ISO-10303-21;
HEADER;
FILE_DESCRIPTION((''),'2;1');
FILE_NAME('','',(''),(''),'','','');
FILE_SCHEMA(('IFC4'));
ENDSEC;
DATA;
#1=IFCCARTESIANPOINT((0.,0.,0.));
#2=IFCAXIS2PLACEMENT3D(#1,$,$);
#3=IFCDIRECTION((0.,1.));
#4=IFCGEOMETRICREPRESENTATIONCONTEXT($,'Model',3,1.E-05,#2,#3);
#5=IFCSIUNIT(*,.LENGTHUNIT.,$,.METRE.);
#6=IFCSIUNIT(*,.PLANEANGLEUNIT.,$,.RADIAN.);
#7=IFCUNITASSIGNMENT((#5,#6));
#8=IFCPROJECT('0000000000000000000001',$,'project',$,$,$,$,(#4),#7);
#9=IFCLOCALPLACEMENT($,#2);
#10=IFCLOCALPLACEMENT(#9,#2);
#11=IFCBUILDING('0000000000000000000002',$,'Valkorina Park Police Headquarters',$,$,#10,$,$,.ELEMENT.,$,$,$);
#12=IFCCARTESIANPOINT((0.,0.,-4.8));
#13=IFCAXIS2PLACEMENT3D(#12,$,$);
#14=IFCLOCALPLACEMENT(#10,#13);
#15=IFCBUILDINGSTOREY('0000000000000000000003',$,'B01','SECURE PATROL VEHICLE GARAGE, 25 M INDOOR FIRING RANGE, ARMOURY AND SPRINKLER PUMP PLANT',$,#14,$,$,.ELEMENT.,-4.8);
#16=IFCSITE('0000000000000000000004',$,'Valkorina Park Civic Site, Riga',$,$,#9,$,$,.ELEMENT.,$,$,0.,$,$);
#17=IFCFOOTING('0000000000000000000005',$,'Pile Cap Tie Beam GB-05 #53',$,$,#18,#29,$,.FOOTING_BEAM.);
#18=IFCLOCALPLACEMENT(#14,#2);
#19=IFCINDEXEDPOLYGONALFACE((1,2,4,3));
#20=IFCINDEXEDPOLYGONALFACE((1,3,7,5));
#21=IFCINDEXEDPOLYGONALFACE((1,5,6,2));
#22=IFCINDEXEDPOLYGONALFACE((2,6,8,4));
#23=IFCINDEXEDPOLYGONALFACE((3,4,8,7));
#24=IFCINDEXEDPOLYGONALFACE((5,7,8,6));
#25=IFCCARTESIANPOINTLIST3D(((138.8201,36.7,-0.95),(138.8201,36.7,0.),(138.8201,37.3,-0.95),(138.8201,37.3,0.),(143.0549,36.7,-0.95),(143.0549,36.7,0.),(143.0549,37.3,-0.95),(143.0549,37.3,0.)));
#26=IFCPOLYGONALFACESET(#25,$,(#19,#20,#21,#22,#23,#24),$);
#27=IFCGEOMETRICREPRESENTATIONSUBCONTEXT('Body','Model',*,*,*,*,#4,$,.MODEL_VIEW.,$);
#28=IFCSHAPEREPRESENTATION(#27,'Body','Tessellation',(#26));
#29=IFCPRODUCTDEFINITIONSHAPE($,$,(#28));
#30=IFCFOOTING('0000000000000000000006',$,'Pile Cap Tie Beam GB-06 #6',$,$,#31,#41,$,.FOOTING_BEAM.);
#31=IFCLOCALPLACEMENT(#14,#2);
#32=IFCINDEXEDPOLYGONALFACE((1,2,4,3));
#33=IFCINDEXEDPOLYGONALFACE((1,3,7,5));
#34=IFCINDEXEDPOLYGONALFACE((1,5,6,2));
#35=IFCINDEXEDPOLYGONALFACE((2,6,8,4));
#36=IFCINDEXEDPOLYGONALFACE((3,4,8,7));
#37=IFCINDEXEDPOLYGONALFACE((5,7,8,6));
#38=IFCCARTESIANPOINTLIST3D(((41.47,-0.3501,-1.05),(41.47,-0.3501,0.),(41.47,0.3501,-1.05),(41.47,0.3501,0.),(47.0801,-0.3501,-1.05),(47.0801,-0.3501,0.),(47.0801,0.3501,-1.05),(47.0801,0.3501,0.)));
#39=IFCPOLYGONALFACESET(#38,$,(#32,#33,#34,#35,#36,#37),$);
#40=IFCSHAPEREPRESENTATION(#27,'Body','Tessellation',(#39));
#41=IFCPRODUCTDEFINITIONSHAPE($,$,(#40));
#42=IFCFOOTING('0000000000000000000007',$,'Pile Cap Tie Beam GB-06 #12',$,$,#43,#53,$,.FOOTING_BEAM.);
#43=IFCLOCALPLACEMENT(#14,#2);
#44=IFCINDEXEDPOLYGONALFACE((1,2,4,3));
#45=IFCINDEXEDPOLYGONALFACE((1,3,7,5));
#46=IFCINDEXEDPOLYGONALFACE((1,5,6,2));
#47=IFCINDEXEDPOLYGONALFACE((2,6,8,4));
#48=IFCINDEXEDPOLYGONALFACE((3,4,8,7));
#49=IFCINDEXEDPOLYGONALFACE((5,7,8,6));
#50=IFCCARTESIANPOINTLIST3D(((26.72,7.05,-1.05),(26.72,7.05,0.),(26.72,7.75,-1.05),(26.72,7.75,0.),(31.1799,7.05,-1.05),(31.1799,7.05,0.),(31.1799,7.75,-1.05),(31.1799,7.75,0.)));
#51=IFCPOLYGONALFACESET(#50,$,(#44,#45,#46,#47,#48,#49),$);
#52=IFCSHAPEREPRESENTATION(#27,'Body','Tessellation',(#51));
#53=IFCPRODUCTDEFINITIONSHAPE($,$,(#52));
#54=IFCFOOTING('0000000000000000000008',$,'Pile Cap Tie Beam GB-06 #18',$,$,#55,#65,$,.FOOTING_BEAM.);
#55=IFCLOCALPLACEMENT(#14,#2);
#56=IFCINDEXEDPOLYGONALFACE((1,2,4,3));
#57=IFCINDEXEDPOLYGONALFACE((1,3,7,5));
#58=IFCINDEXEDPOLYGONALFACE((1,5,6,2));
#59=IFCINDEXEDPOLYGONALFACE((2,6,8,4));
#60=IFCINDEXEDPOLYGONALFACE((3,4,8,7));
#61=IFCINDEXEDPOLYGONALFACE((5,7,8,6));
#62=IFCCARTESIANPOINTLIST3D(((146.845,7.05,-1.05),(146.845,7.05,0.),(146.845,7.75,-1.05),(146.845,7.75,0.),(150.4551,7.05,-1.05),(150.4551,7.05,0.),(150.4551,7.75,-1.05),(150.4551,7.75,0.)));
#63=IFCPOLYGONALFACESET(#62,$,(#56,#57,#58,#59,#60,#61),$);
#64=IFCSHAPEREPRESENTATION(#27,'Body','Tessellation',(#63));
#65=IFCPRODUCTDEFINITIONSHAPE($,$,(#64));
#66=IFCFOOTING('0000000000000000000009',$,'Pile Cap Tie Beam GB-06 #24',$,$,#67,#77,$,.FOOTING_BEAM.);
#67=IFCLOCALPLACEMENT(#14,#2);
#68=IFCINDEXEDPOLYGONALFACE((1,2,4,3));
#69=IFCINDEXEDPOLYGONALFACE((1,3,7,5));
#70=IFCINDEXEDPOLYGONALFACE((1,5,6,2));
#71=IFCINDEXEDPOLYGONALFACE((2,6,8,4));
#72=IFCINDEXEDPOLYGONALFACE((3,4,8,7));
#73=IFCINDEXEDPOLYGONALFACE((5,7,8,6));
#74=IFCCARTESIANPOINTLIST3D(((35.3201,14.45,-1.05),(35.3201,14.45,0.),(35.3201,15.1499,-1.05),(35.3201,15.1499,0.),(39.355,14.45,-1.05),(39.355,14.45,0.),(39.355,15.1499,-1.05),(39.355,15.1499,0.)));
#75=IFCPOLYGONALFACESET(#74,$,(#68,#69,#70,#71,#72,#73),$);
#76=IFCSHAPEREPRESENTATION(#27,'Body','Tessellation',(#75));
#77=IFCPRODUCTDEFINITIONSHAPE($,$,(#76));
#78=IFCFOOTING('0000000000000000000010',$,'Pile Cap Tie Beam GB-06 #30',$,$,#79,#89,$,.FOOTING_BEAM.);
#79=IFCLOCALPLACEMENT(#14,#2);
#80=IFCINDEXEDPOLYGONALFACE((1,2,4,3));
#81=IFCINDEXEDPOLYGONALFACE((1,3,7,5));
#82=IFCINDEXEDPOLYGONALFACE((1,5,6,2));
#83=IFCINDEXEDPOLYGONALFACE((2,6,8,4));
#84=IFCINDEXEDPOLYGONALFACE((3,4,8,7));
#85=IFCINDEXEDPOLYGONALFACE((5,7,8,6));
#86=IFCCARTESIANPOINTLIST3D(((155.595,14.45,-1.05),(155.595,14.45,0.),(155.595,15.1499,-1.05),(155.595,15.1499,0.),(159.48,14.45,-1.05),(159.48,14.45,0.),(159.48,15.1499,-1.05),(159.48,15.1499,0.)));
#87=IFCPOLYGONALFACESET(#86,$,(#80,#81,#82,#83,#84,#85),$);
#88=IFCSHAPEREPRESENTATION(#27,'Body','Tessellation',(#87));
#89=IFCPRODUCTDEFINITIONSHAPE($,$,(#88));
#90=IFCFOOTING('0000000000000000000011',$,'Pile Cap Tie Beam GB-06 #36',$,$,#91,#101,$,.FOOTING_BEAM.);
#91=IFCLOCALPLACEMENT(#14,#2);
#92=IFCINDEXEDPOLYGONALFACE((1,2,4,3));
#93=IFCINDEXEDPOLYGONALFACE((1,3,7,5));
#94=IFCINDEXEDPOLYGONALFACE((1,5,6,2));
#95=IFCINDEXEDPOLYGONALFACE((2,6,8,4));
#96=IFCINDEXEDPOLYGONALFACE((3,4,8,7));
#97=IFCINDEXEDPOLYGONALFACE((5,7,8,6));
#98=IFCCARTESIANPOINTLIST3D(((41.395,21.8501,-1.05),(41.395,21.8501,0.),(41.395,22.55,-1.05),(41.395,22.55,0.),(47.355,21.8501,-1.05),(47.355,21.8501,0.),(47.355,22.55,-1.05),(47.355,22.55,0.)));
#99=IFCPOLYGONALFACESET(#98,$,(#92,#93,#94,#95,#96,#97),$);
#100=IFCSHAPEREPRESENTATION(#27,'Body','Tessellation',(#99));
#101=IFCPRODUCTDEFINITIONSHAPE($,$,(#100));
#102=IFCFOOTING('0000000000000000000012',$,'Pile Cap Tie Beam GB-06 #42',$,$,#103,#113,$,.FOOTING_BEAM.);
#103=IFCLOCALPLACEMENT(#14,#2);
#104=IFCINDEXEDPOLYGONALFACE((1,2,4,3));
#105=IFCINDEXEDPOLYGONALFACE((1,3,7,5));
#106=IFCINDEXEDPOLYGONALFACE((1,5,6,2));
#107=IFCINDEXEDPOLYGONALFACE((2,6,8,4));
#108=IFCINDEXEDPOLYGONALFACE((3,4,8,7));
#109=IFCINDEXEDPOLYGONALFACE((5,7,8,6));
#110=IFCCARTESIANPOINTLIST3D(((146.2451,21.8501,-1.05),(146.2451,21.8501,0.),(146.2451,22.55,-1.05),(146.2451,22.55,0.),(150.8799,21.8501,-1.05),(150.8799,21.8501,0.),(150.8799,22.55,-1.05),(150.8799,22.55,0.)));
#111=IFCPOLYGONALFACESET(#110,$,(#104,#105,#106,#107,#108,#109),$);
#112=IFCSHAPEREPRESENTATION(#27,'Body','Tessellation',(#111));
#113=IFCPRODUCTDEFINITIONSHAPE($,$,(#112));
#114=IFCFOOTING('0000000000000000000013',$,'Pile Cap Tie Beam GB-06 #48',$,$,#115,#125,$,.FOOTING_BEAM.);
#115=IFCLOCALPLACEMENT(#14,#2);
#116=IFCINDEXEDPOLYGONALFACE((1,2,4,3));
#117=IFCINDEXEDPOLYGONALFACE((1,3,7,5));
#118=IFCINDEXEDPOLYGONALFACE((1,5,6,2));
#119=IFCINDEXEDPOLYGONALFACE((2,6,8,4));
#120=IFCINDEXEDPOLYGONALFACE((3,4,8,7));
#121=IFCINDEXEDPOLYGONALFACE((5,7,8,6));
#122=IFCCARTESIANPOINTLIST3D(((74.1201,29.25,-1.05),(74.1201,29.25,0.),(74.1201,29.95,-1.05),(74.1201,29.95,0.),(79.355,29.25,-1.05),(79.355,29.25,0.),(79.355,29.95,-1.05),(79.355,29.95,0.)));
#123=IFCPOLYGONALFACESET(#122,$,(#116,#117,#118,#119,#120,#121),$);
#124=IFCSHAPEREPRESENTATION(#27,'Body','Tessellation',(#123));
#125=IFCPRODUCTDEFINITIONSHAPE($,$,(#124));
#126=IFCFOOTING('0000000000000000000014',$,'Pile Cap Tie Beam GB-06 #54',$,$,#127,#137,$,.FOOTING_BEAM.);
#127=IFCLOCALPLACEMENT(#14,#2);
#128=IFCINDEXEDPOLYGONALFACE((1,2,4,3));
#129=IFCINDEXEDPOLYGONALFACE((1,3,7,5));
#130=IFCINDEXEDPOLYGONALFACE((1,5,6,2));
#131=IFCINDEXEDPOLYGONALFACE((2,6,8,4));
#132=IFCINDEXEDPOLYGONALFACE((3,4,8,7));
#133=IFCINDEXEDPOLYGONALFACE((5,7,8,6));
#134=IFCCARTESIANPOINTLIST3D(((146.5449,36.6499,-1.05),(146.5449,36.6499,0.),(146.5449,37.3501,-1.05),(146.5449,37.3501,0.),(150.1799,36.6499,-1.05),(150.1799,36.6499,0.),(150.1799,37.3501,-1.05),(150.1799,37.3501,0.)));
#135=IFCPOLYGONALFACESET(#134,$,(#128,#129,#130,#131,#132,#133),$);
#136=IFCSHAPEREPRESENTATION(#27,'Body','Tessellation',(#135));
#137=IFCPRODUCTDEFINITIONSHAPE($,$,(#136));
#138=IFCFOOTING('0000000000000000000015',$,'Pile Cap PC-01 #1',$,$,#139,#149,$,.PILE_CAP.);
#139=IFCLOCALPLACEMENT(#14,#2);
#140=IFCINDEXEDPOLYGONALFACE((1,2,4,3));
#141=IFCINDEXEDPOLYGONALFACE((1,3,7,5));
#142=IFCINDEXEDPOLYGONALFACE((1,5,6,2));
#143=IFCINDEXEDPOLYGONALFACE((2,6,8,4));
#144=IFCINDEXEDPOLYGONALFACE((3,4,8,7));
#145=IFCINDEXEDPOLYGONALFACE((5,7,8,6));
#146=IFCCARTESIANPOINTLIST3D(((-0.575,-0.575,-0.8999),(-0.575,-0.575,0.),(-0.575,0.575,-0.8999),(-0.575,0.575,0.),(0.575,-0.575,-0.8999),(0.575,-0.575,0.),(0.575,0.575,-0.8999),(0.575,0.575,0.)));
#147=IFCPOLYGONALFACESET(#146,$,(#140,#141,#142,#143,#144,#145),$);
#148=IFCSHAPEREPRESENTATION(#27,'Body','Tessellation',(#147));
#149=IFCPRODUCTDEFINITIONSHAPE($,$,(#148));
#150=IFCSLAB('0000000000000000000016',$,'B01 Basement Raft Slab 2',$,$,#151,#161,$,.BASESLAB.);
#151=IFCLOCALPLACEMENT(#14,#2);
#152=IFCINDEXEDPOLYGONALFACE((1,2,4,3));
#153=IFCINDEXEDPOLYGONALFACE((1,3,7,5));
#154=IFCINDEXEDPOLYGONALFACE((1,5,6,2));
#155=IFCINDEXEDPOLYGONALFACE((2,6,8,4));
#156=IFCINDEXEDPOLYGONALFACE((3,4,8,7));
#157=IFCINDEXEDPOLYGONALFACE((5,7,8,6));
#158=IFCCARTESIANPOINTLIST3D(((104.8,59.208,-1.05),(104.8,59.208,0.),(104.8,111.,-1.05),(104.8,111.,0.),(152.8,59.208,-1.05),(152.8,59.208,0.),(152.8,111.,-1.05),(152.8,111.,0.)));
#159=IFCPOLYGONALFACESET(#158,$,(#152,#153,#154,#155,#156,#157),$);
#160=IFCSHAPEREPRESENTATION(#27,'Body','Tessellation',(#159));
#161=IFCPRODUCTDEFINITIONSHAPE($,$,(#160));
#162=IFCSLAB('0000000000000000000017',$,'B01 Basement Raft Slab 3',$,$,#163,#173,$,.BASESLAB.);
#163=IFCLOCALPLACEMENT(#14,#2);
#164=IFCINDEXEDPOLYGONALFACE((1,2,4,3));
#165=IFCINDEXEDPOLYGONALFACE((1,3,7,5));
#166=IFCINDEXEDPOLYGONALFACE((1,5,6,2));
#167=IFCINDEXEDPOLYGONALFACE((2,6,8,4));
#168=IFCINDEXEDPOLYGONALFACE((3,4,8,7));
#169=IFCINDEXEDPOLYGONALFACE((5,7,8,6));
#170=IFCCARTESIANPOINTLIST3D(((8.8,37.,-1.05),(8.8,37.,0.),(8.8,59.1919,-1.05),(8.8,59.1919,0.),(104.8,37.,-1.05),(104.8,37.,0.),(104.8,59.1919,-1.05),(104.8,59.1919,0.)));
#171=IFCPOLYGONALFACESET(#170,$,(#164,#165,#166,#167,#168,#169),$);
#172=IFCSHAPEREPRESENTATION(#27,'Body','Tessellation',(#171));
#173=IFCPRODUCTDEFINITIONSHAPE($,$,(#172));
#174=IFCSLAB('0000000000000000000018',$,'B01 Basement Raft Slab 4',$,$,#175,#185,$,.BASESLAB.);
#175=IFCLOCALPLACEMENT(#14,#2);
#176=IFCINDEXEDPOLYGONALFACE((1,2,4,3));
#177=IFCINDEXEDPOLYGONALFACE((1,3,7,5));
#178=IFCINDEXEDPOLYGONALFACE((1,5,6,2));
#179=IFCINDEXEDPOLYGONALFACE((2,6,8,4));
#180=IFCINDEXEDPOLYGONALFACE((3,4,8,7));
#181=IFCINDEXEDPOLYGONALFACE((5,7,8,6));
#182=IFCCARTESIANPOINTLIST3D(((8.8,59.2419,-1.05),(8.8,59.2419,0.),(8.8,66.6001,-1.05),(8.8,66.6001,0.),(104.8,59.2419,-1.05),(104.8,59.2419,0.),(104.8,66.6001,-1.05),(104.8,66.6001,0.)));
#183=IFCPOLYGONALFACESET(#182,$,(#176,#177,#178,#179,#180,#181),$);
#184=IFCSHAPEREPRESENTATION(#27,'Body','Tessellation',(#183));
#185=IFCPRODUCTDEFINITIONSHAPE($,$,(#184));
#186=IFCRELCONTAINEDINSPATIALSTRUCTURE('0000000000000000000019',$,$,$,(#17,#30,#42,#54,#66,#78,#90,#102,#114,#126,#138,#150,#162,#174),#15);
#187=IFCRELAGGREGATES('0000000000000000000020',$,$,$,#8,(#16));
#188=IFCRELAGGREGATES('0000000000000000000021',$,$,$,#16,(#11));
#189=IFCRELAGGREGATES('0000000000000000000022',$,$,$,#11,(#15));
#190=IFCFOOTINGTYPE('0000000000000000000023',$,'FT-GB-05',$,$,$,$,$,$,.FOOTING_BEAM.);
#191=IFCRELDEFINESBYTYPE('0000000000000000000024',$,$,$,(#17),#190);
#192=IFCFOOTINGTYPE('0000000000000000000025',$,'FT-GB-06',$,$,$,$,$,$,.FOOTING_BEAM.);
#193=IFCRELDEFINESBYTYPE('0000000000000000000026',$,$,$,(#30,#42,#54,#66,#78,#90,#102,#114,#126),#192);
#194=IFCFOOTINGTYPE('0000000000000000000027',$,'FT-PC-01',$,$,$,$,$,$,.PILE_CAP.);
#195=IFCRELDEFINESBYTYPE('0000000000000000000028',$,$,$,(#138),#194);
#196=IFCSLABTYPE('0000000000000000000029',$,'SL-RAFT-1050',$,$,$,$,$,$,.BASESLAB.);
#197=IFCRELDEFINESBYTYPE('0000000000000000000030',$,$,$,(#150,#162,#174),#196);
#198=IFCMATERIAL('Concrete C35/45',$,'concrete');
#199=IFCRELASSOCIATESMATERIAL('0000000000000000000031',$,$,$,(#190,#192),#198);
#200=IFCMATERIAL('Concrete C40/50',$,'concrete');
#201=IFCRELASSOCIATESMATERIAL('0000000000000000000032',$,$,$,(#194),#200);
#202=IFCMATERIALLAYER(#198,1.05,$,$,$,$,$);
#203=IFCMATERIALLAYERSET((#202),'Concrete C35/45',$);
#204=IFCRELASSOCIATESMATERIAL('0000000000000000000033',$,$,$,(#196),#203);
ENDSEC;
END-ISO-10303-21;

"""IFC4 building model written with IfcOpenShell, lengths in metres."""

from ifc_helpers import new_model, si_unit, direction, frame, origin, origin_2d, place, context, subcontext, project, spatial, polyline, rectangle, outline, extrude, material, layer, layer_set, material_profile, profile_set, type_object, element, save


model = new_model("IFC4")

# Units and contexts
model_context = context("Model", 3, precision=1e-05, world=origin(), true_north=direction((0.0, 1.0)))
body_context = subcontext(model_context, "Body", "Model", "MODEL_VIEW")
ifc_project = project(units=[si_unit("LENGTHUNIT", "METRE"), si_unit("PLANEANGLEUNIT", "RADIAN")], contexts=[model_context])

# Site, building, storey
site_placement = place(None, origin())
site = spatial("IfcSite", under=ifc_project, at=site_placement, Name="Valkorina Park Civic Site, Riga", CompositionType="ELEMENT", RefElevation=0.0)
building_placement = place(site_placement, origin())
building = spatial("IfcBuilding", under=site, at=building_placement, Name="Valkorina Park Police Headquarters", CompositionType="ELEMENT")
storey_placement = place(building_placement, frame((0.0, 0.0, -4.8)))
storey = spatial("IfcBuildingStorey", under=building, at=storey_placement, Name="B01", Description="SECURE PATROL VEHICLE GARAGE, 25 M INDOOR FIRING RANGE, ARMOURY AND SPRINKLER PUMP PLANT", CompositionType="ELEMENT", Elevation=-4.8)

# Footings
ifc_material_1 = material(Name="Concrete C35/45", Category="concrete")
ifc_material_profile_1 = material_profile(ifc_material_1, rectangle(XDim=0.6001, YDim=0.95, at=origin_2d()), Name="GB 600x950")
ifc_profile_set_1 = profile_set([ifc_material_profile_1], Name="Concrete C35/45")
footing_type_1 = type_object("IfcFootingType", Name="FT-GB-05", PredefinedType="FOOTING_BEAM", material=ifc_profile_set_1)
footing_1_placement = place(storey_placement, frame((0.0, 0.0, -0.95)))
element("IfcFooting", 1, at=footing_1_placement, inside=storey, type_object=footing_type_1, Name="Pile Cap Tie Beam GB-05 #53", PredefinedType="FOOTING_BEAM", context=body_context, shape_type="SweptSolid", body=[
    extrude(outline(polyline([(143.0549, 36.7), (143.0549, 37.3), (138.8201, 37.3), (138.8201, 36.7), (143.0549, 36.7)])), origin(), (0.0, 0.0, 1.0), 0.95),
])
ifc_material_profile_2 = material_profile(ifc_material_1, rectangle(XDim=0.7, YDim=1.05, at=origin_2d()), Name="GB 700x1050")
ifc_profile_set_2 = profile_set([ifc_material_profile_2], Name="Concrete C35/45")
footing_type_2 = type_object("IfcFootingType", Name="FT-GB-06", PredefinedType="FOOTING_BEAM", material=ifc_profile_set_2)
footing_2_placement = place(storey_placement, frame((0.0, 0.0, -1.05)))
element("IfcFooting", 2, at=footing_2_placement, inside=storey, type_object=footing_type_2, Name="Pile Cap Tie Beam GB-06 #6", PredefinedType="FOOTING_BEAM", context=body_context, shape_type="SweptSolid", body=[
    extrude(outline(polyline([(47.0801, -0.3501), (47.0801, 0.3501), (41.47, 0.3501), (41.47, -0.3501), (47.0801, -0.3501)])), origin(), (0.0, 0.0, 1.0), 1.05),
])
footing_3_placement = place(storey_placement, frame((0.0, 0.0, -1.05)))
element("IfcFooting", 3, at=footing_3_placement, inside=storey, type_object=footing_type_2, Name="Pile Cap Tie Beam GB-06 #12", PredefinedType="FOOTING_BEAM", context=body_context, shape_type="SweptSolid", body=[
    extrude(outline(polyline([(31.1799, 7.05), (31.1799, 7.75), (26.72, 7.75), (26.72, 7.05), (31.1799, 7.05)])), origin(), (0.0, 0.0, 1.0), 1.05),
])
footing_4_placement = place(storey_placement, frame((0.0, 0.0, -1.05)))
element("IfcFooting", 4, at=footing_4_placement, inside=storey, type_object=footing_type_2, Name="Pile Cap Tie Beam GB-06 #18", PredefinedType="FOOTING_BEAM", context=body_context, shape_type="SweptSolid", body=[
    extrude(outline(polyline([(150.4551, 7.05), (150.4551, 7.75), (146.845, 7.75), (146.845, 7.05), (150.4551, 7.05)])), origin(), (0.0, 0.0, 1.0), 1.05),
])
footing_5_placement = place(storey_placement, frame((0.0, 0.0, -1.05)))
element("IfcFooting", 5, at=footing_5_placement, inside=storey, type_object=footing_type_2, Name="Pile Cap Tie Beam GB-06 #24", PredefinedType="FOOTING_BEAM", context=body_context, shape_type="SweptSolid", body=[
    extrude(outline(polyline([(39.355, 14.45), (39.355, 15.1499), (35.3201, 15.1499), (35.3201, 14.45), (39.355, 14.45)])), origin(), (0.0, 0.0, 1.0), 1.05),
])
footing_6_placement = place(storey_placement, frame((0.0, 0.0, -1.05)))
element("IfcFooting", 6, at=footing_6_placement, inside=storey, type_object=footing_type_2, Name="Pile Cap Tie Beam GB-06 #30", PredefinedType="FOOTING_BEAM", context=body_context, shape_type="SweptSolid", body=[
    extrude(outline(polyline([(159.48, 14.45), (159.48, 15.1499), (155.595, 15.1499), (155.595, 14.45), (159.48, 14.45)])), origin(), (0.0, 0.0, 1.0), 1.05),
])
footing_7_placement = place(storey_placement, frame((0.0, 0.0, -1.05)))
element("IfcFooting", 7, at=footing_7_placement, inside=storey, type_object=footing_type_2, Name="Pile Cap Tie Beam GB-06 #36", PredefinedType="FOOTING_BEAM", context=body_context, shape_type="SweptSolid", body=[
    extrude(outline(polyline([(47.355, 21.8501), (47.355, 22.55), (41.395, 22.55), (41.395, 21.8501), (47.355, 21.8501)])), origin(), (0.0, 0.0, 1.0), 1.05),
])
footing_8_placement = place(storey_placement, frame((0.0, 0.0, -1.05)))
element("IfcFooting", 8, at=footing_8_placement, inside=storey, type_object=footing_type_2, Name="Pile Cap Tie Beam GB-06 #42", PredefinedType="FOOTING_BEAM", context=body_context, shape_type="SweptSolid", body=[
    extrude(outline(polyline([(150.8799, 21.8501), (150.8799, 22.55), (146.2451, 22.55), (146.2451, 21.8501), (150.8799, 21.8501)])), origin(), (0.0, 0.0, 1.0), 1.05),
])
footing_9_placement = place(storey_placement, frame((0.0, 0.0, -1.05)))
element("IfcFooting", 9, at=footing_9_placement, inside=storey, type_object=footing_type_2, Name="Pile Cap Tie Beam GB-06 #48", PredefinedType="FOOTING_BEAM", context=body_context, shape_type="SweptSolid", body=[
    extrude(outline(polyline([(79.355, 29.25), (79.355, 29.95), (74.1201, 29.95), (74.1201, 29.25), (79.355, 29.25)])), origin(), (0.0, 0.0, 1.0), 1.05),
])
footing_10_placement = place(storey_placement, frame((0.0, 0.0, -1.05)))
element("IfcFooting", 10, at=footing_10_placement, inside=storey, type_object=footing_type_2, Name="Pile Cap Tie Beam GB-06 #54", PredefinedType="FOOTING_BEAM", context=body_context, shape_type="SweptSolid", body=[
    extrude(outline(polyline([(150.1799, 36.6499), (150.1799, 37.3501), (146.5449, 37.3501), (146.5449, 36.6499), (150.1799, 36.6499)])), origin(), (0.0, 0.0, 1.0), 1.05),
])
ifc_material_2 = material(Name="Concrete C40/50", Category="concrete")
footing_type_3 = type_object("IfcFootingType", Name="FT-PC-01", PredefinedType="PILE_CAP", material=ifc_material_2)
footing_11_placement = place(storey_placement, frame((0.0, 0.0, -0.8999), z_axis=(0.0, 0.0, 1.0), x_axis=(1.0, 0.0, 0.0)))
element("IfcFooting", 11, at=footing_11_placement, inside=storey, type_object=footing_type_3, Name="Pile Cap PC-01 #1", PredefinedType="PILE_CAP", context=body_context, shape_type="SweptSolid", body=[
    extrude(rectangle(XDim=1.1499, YDim=1.1499, at=origin_2d()), origin(), (0.0, 0.0, 1.0), 0.8999),
])

# Slabs
ifc_layer_1 = layer(ifc_material_1, 1.05)
ifc_layer_set_1 = layer_set([ifc_layer_1], Name="Concrete C35/45")
slab_type_1 = type_object("IfcSlabType", Name="SL-RAFT-1050", PredefinedType="BASESLAB", material=ifc_layer_set_1)
slab_1_placement = place(storey_placement, frame((0.0, 0.0, -1.05)))
element("IfcSlab", 12, at=slab_1_placement, inside=storey, type_object=slab_type_1, Name="B01 Basement Raft Slab 2", PredefinedType="BASESLAB", context=body_context, shape_type="SweptSolid", body=[
    extrude(outline(polyline([(152.8, 59.208), (152.8, 111.0), (104.8, 111.0), (104.8, 59.208), (152.8, 59.208)])), origin(), (0.0, 0.0, 1.0), 1.05),
])
slab_2_placement = place(storey_placement, frame((0.0, 0.0, -1.05)))
element("IfcSlab", 13, at=slab_2_placement, inside=storey, type_object=slab_type_1, Name="B01 Basement Raft Slab 3", PredefinedType="BASESLAB", context=body_context, shape_type="SweptSolid", body=[
    extrude(outline(polyline([(104.8, 59.1919), (8.8, 59.1919), (8.8, 37.0), (104.8, 37.0), (104.8, 59.1919)])), origin(), (0.0, 0.0, 1.0), 1.05),
])
slab_3_placement = place(storey_placement, frame((0.0, 0.0, -1.05)))
element("IfcSlab", 14, at=slab_3_placement, inside=storey, type_object=slab_type_1, Name="B01 Basement Raft Slab 4", PredefinedType="BASESLAB", context=body_context, shape_type="SweptSolid", body=[
    extrude(outline(polyline([(8.8, 59.2419), (104.8, 59.2419), (104.8, 66.6001), (8.8, 66.6001), (8.8, 59.2419)])), origin(), (0.0, 0.0, 1.0), 1.05),
])

save(model, "model.ifc")
